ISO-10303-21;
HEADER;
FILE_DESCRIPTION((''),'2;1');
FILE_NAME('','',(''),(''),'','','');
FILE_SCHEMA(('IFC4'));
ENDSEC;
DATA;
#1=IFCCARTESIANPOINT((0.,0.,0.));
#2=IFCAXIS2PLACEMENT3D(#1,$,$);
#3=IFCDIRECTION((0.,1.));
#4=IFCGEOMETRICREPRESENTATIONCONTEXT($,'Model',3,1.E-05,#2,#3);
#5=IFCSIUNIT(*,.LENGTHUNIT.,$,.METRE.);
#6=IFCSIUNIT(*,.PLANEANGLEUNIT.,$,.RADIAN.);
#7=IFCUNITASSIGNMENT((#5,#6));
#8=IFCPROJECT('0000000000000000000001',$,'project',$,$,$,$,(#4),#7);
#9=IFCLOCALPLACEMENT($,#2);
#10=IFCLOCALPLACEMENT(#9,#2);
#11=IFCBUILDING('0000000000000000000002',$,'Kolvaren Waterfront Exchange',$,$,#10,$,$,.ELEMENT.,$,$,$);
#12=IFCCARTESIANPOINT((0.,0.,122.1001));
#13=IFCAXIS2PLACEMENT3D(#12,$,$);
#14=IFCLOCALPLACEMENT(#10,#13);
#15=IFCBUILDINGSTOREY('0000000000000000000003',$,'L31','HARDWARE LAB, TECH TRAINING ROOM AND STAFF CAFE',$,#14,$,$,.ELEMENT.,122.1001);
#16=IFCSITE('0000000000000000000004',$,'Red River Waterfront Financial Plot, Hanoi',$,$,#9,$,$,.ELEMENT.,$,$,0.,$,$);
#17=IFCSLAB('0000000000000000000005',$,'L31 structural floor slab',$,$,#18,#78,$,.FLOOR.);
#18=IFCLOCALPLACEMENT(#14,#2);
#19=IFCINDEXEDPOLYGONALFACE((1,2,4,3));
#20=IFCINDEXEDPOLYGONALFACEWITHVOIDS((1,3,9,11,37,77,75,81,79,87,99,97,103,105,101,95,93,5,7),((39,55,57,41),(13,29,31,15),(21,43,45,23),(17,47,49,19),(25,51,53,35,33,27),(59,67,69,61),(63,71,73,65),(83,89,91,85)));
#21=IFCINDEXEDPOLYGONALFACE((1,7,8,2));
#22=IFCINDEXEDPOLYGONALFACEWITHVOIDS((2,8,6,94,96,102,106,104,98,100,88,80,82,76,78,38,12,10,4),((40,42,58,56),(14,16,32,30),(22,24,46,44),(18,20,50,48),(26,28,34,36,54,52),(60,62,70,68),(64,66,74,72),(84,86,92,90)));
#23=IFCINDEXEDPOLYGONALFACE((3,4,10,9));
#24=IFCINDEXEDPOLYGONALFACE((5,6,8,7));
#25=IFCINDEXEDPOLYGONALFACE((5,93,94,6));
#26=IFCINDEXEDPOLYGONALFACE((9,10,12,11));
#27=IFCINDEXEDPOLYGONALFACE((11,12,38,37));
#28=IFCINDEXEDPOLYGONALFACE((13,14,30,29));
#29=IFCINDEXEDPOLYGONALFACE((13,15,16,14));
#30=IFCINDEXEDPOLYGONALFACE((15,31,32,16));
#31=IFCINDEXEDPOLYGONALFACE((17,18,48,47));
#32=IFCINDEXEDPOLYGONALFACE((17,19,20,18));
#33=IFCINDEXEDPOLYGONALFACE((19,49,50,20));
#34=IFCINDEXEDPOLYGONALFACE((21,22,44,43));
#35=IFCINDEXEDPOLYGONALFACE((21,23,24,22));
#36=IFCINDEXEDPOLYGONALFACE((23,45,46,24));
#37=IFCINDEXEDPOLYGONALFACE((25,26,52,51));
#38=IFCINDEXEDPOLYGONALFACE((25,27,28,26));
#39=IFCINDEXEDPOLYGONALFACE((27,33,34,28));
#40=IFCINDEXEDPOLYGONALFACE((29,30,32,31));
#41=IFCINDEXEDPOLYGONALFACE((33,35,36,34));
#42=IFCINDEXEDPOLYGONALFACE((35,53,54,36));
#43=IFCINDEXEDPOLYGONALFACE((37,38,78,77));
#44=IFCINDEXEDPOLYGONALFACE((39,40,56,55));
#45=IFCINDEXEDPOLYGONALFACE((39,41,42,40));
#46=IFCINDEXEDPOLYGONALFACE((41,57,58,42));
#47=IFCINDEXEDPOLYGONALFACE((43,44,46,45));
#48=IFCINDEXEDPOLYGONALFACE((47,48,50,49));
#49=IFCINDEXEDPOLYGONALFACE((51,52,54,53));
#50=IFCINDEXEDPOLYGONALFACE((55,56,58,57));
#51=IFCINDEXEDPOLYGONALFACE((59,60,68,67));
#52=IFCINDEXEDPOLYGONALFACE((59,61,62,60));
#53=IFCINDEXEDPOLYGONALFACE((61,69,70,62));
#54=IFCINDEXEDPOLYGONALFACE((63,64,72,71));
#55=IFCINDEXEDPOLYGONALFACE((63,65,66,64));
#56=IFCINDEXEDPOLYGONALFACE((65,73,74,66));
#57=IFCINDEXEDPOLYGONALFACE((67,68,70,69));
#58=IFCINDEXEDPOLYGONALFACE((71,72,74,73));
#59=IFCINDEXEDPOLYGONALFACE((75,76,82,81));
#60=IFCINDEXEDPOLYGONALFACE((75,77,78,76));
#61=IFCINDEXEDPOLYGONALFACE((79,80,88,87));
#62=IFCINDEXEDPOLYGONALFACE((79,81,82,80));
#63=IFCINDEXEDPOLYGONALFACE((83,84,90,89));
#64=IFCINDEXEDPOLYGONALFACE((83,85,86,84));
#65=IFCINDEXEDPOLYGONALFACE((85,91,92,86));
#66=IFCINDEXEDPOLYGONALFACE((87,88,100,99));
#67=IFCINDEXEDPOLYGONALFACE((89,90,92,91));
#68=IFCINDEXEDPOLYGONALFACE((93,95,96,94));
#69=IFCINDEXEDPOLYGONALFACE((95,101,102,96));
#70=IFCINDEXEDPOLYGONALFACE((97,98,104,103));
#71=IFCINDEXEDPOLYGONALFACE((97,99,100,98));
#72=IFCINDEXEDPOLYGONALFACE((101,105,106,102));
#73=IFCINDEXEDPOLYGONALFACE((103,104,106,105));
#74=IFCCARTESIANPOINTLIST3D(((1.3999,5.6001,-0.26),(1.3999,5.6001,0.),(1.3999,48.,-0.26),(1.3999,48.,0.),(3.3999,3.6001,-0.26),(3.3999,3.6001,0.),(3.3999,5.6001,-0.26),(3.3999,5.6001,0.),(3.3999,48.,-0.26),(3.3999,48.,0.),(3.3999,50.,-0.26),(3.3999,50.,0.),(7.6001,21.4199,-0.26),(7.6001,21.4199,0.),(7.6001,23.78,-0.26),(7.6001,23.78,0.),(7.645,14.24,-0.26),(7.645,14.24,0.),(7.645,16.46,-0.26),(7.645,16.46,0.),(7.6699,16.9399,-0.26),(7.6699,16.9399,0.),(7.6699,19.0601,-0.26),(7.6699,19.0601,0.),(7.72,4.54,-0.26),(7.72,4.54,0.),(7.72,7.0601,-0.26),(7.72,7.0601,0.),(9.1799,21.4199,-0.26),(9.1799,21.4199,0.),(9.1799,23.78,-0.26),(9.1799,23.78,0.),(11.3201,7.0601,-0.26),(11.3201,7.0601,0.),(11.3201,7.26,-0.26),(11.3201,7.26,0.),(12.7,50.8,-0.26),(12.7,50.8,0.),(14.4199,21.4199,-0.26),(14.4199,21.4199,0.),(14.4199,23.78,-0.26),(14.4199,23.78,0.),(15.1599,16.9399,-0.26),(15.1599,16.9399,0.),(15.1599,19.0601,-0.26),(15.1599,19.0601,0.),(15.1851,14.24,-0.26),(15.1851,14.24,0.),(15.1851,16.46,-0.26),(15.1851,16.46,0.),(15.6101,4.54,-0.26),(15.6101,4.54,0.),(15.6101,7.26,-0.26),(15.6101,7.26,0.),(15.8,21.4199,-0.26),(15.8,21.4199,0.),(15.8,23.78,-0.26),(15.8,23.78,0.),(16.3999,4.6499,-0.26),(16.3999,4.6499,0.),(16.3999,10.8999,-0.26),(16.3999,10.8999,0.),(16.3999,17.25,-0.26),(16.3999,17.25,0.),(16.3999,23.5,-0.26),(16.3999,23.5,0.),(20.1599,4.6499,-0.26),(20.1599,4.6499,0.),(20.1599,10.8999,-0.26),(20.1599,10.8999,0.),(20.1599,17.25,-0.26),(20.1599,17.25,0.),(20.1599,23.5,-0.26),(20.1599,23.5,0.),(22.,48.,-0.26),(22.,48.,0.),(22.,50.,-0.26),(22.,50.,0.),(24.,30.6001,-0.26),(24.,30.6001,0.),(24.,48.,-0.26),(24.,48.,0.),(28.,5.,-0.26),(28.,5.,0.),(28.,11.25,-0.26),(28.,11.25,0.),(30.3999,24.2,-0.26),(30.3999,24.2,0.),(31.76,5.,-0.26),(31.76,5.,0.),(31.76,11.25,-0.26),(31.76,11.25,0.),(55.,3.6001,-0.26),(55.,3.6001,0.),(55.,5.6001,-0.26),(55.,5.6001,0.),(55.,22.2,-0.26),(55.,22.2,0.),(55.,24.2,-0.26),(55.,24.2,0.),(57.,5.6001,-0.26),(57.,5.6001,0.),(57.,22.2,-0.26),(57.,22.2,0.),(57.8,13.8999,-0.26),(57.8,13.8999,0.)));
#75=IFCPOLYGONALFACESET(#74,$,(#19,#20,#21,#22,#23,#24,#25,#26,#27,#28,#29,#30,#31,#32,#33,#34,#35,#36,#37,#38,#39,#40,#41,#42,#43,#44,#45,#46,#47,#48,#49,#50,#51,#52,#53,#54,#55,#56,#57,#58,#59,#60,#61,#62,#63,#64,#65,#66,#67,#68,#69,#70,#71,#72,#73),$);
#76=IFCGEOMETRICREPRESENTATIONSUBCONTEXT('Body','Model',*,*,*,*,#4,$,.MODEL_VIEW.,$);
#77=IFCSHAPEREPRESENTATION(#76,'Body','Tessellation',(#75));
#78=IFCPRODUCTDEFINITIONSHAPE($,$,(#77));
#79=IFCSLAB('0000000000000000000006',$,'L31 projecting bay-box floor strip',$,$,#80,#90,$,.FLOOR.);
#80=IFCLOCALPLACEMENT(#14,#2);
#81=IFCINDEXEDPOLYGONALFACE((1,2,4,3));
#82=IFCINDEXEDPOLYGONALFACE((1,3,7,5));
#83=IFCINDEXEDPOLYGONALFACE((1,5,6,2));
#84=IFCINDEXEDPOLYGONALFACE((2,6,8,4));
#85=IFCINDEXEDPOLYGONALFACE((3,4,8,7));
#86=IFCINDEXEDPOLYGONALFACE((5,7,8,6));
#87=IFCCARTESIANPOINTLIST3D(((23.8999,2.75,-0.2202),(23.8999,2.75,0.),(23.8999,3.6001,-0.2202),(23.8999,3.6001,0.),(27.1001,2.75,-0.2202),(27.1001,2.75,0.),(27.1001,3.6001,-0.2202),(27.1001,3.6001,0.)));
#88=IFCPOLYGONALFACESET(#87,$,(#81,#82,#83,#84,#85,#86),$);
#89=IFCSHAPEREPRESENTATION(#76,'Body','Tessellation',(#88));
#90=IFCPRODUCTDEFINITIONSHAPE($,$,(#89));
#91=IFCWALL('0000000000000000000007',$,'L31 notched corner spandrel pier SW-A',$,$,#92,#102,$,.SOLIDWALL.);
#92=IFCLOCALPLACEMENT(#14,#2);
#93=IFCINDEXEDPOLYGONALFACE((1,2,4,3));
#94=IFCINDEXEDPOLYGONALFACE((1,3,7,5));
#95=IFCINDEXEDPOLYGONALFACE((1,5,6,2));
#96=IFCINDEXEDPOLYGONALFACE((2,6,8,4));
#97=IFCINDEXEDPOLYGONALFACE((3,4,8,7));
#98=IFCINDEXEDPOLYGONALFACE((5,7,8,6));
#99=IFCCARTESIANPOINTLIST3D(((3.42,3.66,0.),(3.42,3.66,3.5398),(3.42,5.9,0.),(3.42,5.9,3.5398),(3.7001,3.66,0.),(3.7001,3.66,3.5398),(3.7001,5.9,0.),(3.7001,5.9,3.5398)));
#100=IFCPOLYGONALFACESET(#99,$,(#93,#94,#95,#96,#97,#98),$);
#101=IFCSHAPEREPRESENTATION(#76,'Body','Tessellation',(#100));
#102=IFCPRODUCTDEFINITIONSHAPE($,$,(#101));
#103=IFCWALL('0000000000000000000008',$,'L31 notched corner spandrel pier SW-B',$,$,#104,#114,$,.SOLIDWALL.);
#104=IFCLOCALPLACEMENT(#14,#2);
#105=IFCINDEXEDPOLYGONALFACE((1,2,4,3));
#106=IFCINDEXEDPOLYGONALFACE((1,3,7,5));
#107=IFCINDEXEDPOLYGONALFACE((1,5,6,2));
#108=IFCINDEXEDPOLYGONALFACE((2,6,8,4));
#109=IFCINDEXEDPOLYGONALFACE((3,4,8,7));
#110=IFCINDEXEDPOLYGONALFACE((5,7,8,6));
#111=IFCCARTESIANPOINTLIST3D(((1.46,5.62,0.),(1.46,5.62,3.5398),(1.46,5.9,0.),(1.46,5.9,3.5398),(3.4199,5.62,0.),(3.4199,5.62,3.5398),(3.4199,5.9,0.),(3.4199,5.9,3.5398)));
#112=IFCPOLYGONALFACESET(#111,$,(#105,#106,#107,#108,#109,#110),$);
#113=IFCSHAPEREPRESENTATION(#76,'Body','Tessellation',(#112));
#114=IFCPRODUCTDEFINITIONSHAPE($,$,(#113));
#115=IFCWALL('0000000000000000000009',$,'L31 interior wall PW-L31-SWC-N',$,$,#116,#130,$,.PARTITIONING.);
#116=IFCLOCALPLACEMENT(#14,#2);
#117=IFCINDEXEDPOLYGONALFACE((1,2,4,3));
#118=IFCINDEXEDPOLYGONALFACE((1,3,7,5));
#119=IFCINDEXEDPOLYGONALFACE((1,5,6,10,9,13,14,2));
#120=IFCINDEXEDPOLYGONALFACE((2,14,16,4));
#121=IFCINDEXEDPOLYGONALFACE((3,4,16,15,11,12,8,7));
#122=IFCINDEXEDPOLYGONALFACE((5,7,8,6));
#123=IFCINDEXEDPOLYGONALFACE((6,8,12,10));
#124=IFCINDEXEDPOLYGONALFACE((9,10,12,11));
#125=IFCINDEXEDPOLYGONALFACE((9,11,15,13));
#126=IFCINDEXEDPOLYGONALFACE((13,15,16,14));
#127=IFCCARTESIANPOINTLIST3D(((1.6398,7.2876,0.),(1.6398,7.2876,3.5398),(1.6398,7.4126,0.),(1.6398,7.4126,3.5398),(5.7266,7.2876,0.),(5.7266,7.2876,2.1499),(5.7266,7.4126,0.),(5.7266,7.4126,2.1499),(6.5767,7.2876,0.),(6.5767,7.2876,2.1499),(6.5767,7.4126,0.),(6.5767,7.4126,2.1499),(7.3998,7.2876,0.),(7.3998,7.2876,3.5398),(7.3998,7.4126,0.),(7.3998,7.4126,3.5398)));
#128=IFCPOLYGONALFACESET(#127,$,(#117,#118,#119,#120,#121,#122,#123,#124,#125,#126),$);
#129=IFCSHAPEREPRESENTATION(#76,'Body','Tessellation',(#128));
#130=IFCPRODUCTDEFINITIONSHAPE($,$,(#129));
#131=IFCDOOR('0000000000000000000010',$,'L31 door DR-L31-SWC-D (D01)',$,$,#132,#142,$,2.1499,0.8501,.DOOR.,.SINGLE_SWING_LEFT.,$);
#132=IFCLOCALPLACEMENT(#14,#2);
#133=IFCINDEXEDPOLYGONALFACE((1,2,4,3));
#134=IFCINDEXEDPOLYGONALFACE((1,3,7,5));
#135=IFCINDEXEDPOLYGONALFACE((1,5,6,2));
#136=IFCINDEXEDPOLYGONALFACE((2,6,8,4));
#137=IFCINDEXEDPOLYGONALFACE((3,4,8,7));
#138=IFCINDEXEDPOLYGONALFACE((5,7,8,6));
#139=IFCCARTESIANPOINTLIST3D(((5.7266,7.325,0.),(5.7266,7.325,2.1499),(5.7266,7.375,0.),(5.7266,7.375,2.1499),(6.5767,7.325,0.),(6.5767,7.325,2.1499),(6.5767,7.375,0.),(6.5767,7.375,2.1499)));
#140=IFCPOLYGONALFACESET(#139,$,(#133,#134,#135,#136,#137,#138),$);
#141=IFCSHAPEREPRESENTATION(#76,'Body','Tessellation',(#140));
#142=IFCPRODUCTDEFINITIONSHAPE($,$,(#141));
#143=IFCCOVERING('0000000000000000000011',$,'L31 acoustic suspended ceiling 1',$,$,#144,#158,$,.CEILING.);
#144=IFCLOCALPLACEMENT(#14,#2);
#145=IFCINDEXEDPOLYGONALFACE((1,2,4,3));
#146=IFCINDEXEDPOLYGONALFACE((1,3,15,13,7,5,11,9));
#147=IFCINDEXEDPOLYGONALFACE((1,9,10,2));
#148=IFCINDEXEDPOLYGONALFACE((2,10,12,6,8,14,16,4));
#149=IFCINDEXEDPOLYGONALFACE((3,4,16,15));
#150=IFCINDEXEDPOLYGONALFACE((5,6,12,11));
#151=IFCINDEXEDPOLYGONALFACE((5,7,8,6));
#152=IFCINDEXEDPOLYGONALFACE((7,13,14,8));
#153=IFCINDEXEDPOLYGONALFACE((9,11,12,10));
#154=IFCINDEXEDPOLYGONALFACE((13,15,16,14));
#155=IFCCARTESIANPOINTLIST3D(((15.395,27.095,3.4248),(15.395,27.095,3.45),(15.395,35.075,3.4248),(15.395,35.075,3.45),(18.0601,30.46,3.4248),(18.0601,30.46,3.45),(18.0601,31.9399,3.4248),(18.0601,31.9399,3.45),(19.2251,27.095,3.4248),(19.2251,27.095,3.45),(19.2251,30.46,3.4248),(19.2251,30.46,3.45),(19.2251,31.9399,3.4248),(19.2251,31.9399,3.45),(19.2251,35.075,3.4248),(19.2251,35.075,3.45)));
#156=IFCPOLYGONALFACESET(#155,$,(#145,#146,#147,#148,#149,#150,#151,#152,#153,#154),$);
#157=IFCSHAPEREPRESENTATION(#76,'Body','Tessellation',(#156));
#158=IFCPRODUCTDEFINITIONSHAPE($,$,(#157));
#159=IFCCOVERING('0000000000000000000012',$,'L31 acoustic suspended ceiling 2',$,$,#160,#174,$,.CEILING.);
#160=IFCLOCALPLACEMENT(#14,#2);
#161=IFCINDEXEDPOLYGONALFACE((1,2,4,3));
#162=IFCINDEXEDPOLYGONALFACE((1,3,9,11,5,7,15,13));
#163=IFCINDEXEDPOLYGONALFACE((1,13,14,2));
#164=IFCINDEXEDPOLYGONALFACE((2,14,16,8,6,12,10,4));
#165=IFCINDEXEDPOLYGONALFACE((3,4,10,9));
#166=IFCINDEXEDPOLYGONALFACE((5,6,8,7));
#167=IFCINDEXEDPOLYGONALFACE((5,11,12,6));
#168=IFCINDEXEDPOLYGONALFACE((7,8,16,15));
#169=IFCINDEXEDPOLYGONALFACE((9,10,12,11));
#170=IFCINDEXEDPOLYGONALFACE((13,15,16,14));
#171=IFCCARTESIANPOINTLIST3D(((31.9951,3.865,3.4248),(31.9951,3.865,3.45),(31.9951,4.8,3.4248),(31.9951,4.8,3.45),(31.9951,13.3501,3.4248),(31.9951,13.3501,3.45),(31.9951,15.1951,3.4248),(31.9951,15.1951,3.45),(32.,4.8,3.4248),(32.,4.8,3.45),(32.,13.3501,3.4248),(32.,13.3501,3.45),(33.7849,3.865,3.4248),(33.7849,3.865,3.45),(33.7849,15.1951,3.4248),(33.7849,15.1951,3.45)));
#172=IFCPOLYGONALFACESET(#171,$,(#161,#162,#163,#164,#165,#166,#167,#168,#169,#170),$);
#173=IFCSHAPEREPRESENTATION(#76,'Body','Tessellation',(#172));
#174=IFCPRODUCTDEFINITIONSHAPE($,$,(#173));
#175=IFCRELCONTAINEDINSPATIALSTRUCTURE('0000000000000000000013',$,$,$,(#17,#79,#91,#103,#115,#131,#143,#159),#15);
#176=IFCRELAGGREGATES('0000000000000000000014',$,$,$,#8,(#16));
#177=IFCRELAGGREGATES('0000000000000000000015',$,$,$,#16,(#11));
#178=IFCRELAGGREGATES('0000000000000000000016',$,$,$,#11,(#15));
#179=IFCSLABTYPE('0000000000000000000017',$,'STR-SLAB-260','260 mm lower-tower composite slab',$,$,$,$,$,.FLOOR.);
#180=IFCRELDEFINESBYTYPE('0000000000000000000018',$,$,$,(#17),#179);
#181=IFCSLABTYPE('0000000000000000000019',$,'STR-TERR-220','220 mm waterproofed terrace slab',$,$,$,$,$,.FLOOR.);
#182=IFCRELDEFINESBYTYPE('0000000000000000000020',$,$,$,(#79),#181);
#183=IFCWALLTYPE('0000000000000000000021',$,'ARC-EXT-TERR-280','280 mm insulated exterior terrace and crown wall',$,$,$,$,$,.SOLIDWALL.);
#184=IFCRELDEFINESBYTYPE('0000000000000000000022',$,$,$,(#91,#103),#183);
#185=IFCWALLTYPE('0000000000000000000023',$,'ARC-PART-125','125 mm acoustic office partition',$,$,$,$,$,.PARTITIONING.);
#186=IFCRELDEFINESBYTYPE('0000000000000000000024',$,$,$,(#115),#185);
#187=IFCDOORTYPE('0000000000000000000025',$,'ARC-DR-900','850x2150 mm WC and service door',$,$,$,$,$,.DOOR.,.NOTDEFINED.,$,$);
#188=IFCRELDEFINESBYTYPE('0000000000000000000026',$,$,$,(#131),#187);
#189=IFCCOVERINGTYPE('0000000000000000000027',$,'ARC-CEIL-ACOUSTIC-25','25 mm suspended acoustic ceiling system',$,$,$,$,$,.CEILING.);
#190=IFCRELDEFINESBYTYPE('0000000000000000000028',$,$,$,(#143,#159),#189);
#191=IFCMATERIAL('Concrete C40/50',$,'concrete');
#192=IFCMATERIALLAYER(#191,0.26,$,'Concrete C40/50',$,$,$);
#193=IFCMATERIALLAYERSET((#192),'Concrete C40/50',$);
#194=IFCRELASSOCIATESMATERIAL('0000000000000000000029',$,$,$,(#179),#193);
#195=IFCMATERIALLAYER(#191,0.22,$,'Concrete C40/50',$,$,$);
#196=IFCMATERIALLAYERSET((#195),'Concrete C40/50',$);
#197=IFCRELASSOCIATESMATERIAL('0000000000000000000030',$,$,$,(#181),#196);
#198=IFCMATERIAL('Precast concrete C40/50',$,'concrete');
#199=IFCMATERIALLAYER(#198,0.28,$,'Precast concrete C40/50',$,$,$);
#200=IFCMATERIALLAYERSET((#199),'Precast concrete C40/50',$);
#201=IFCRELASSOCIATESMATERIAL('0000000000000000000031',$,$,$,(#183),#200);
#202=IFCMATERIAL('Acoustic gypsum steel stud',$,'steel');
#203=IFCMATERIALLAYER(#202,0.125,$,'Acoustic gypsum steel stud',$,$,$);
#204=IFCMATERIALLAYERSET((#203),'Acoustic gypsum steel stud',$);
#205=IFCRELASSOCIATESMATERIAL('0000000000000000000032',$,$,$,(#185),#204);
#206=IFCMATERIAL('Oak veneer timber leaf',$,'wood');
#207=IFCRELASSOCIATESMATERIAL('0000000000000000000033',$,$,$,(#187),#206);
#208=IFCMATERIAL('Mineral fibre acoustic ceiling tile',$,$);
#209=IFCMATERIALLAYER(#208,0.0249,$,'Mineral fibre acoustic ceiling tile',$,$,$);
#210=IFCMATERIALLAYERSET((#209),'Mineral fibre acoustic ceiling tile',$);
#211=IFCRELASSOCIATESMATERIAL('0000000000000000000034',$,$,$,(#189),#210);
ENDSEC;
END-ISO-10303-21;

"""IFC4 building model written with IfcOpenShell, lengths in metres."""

from ifc_helpers import new_model, si_unit, direction, frame, frame_2d, origin, place, context, subcontext, project, spatial, polyline, rectangle, outline, extrude, material, layer, layer_set, type_object, element, fill, save


model = new_model("IFC4")

# Units and contexts
model_context = context("Model", 3, precision=1e-05, world=origin(), true_north=direction((0.0, 1.0)))
body_context = subcontext(model_context, "Body", "Model", "MODEL_VIEW")
ifc_project = project(units=[si_unit("LENGTHUNIT", "METRE"), si_unit("PLANEANGLEUNIT", "RADIAN")], contexts=[model_context])

# Site, building, storey
site_placement = place(None, origin())
site = spatial("IfcSite", under=ifc_project, at=site_placement, Name="Red River Waterfront Financial Plot, Hanoi", CompositionType="ELEMENT", RefElevation=0.0)
building_placement = place(site_placement, origin())
building = spatial("IfcBuilding", under=site, at=building_placement, Name="Kolvaren Waterfront Exchange", CompositionType="ELEMENT")
storey_placement = place(building_placement, frame((0.0, 0.0, 122.1001)))
storey = spatial("IfcBuildingStorey", under=building, at=storey_placement, Name="L31", Description="HARDWARE LAB, TECH TRAINING ROOM AND STAFF CAFE", CompositionType="ELEMENT", Elevation=122.1001)

# Shared definitions
ifc_material_1 = material(Name="Concrete C40/50", Category="concrete")

# Slabs
ifc_layer_1 = layer(ifc_material_1, 0.26, Name="Concrete C40/50")
ifc_layer_set_1 = layer_set([ifc_layer_1], Name="Concrete C40/50")
slab_type_1 = type_object("IfcSlabType", Name="STR-SLAB-260", Description="260 mm lower-tower composite slab", PredefinedType="FLOOR", material=ifc_layer_set_1)
slab_1_placement = place(storey_placement, frame((0.0, 0.0, -0.26)))
element("IfcSlab", 1, at=slab_1_placement, inside=storey, type_object=slab_type_1, Name="L31 structural floor slab", PredefinedType="FLOOR", context=body_context, shape_type="SweptSolid", body=[
    extrude(outline(polyline([(3.3999, 3.6001), (55.0, 3.6001), (55.0, 5.6001), (57.0, 5.6001), (57.8, 13.8999), (57.0, 22.2), (55.0, 22.2), (55.0, 24.2), (30.3999, 24.2), (24.0, 30.6001), (24.0, 48.0), (22.0, 48.0), (22.0, 50.0), (12.7, 50.8), (3.3999, 50.0), (3.3999, 48.0), (1.3999, 48.0), (1.3999, 5.6001), (3.3999, 5.6001), (3.3999, 3.6001)]), holes=[polyline([(11.3201, 7.26), (15.6101, 7.26), (15.6101, 4.54), (7.72, 4.54), (7.72, 7.0601), (11.3201, 7.0601), (11.3201, 7.26)]), polyline([(20.1599, 10.8999), (20.1599, 4.6499), (16.3999, 4.6499), (16.3999, 10.8999), (20.1599, 10.8999)]), polyline([(31.76, 11.25), (31.76, 5.0), (28.0, 5.0), (28.0, 11.25), (31.76, 11.25)]), polyline([(15.1851, 14.24), (7.645, 14.24), (7.645, 16.46), (15.1851, 16.46), (15.1851, 14.24)]), polyline([(15.1599, 16.9399), (7.6699, 16.9399), (7.6699, 19.0601), (15.1599, 19.0601), (15.1599, 16.9399)]), polyline([(16.3999, 23.5), (20.1599, 23.5), (20.1599, 17.25), (16.3999, 17.25), (16.3999, 23.5)]), polyline([(7.6001, 23.78), (9.1799, 23.78), (9.1799, 21.4199), (7.6001, 21.4199), (7.6001, 23.78)]), polyline([(15.8, 23.78), (15.8, 21.4199), (14.4199, 21.4199), (14.4199, 23.78), (15.8, 23.78)])]), origin(), (0.0, 0.0, 1.0), 0.26),
])
ifc_layer_2 = layer(ifc_material_1, 0.22, Name="Concrete C40/50")
ifc_layer_set_2 = layer_set([ifc_layer_2], Name="Concrete C40/50")
slab_type_2 = type_object("IfcSlabType", Name="STR-TERR-220", Description="220 mm waterproofed terrace slab", PredefinedType="FLOOR", material=ifc_layer_set_2)
slab_2_placement = place(storey_placement, frame((0.0, 0.0, -0.2202)))
element("IfcSlab", 2, at=slab_2_placement, inside=storey, type_object=slab_type_2, Name="L31 projecting bay-box floor strip", PredefinedType="FLOOR", context=body_context, shape_type="SweptSolid", body=[
    extrude(outline(polyline([(23.8999, 2.75), (27.1001, 2.75), (27.1001, 3.6001), (23.8999, 3.6001), (23.8999, 2.75)])), origin(), (0.0, 0.0, 1.0), 0.2202),
])

# Walls
ifc_material_2 = material(Name="Precast concrete C40/50", Category="concrete")
ifc_layer_3 = layer(ifc_material_2, 0.28, Name="Precast concrete C40/50")
ifc_layer_set_3 = layer_set([ifc_layer_3], Name="Precast concrete C40/50")
wall_type_1 = type_object("IfcWallType", Name="ARC-EXT-TERR-280", Description="280 mm insulated exterior terrace and crown wall", PredefinedType="SOLIDWALL", material=ifc_layer_set_3)
wall_1_placement = place(storey_placement, frame((3.5601, 3.6599, 0.0), z_axis=(0.0, 0.0, 1.0), x_axis=(0.0, 1.0, 0.0)))
element("IfcWall", 3, at=wall_1_placement, inside=storey, type_object=wall_type_1, Name="L31 notched corner spandrel pier SW-A", PredefinedType="SOLIDWALL", context=body_context, shape_type="SweptSolid", body=[
    extrude(rectangle(XDim=2.24, YDim=0.28, at=frame_2d((1.1201, 0.0))), origin(), (0.0, 0.0, 1.0), 3.5398),
])
wall_2_placement = place(storey_placement, frame((1.46, 5.76, 0.0), z_axis=(0.0, 0.0, 1.0), x_axis=(1.0, 0.0, 0.0)))
element("IfcWall", 4, at=wall_2_placement, inside=storey, type_object=wall_type_1, Name="L31 notched corner spandrel pier SW-B", PredefinedType="SOLIDWALL", context=body_context, shape_type="SweptSolid", body=[
    extrude(rectangle(XDim=1.96, YDim=0.28, at=frame_2d((0.98, 0.0))), origin(), (0.0, 0.0, 1.0), 3.5398),
])

# Wall, opening, door
ifc_material_3 = material(Name="Acoustic gypsum steel stud", Category="steel")
ifc_layer_4 = layer(ifc_material_3, 0.125, Name="Acoustic gypsum steel stud")
ifc_layer_set_4 = layer_set([ifc_layer_4], Name="Acoustic gypsum steel stud")
wall_type_2 = type_object("IfcWallType", Name="ARC-PART-125", Description="125 mm acoustic office partition", PredefinedType="PARTITIONING", material=ifc_layer_set_4)
wall_3_placement = place(storey_placement, frame((1.6399, 7.3501, 0.0), z_axis=(0.0, 0.0, 1.0), x_axis=(1.0, 0.0, 0.0)))
wall_3 = element("IfcWall", 5, at=wall_3_placement, inside=storey, type_object=wall_type_2, Name="L31 interior wall PW-L31-SWC-N", PredefinedType="PARTITIONING", context=body_context, shape_type="SweptSolid", body=[
    extrude(rectangle(XDim=5.76, YDim=0.125, at=frame_2d((2.8799, 0.0))), origin(), (0.0, 0.0, 1.0), 3.5398),
])
opening_placement = place(wall_3_placement, frame((4.0867, 0.0, 0.0)))
opening = element("IfcOpeningElement", 6, at=opening_placement, cuts=wall_3, PredefinedType="OPENING", context=body_context, shape_type="SweptSolid", body=[
    extrude(rectangle(XDim=0.8501, YDim=2.1499, at=frame_2d((0.425, 1.075))), frame((0.0, 0.0725, 0.0), z_axis=(0.0, -1.0, 0.0), x_axis=(1.0, 0.0, 0.0)), (0.0, 0.0, 1.0), 0.145),
])
ifc_material_4 = material(Name="Oak veneer timber leaf", Category="wood")
door_type = type_object("IfcDoorType", Name="ARC-DR-900", Description="850x2150 mm WC and service door", OperationType="NOTDEFINED", PredefinedType="DOOR", material=ifc_material_4)
door_placement = place(opening_placement, origin())
door = element("IfcDoor", 7, at=door_placement, inside=storey, type_object=door_type, Name="L31 door DR-L31-SWC-D (D01)", OperationType="SINGLE_SWING_LEFT", OverallHeight=2.1499, OverallWidth=0.8501, PredefinedType="DOOR", context=body_context, shape_type="SweptSolid", body=[
    extrude(rectangle(XDim=0.8501, YDim=2.1499, at=frame_2d((0.425, 1.075))), frame((0.0, 0.0249, 0.0), z_axis=(0.0, -1.0, 0.0), x_axis=(1.0, 0.0, 0.0)), (0.0, 0.0, 1.0), 0.05),
])
fill(opening, door)

# Coverings
ifc_material_5 = material(Name="Mineral fibre acoustic ceiling tile")
ifc_layer_5 = layer(ifc_material_5, 0.0249, Name="Mineral fibre acoustic ceiling tile")
ifc_layer_set_5 = layer_set([ifc_layer_5], Name="Mineral fibre acoustic ceiling tile")
covering_type_1 = type_object("IfcCoveringType", Name="ARC-CEIL-ACOUSTIC-25", Description="25 mm suspended acoustic ceiling system", PredefinedType="CEILING", material=ifc_layer_set_5)
covering_1_placement = place(storey_placement, frame((0.0, 0.0, 3.4248)))
element("IfcCovering", 8, at=covering_1_placement, inside=storey, type_object=covering_type_1, Name="L31 acoustic suspended ceiling 1", PredefinedType="CEILING", context=body_context, shape_type="SweptSolid", body=[
    extrude(outline(polyline([(19.2251, 30.46), (18.0601, 30.46), (18.0601, 31.9399), (19.2251, 31.9399), (19.2251, 35.075), (15.395, 35.075), (15.395, 27.095), (19.2251, 27.095), (19.2251, 30.46)])), origin(), (0.0, 0.0, 1.0), 0.0251),
])
covering_2_placement = place(storey_placement, frame((0.0, 0.0, 3.4248)))
element("IfcCovering", 9, at=covering_2_placement, inside=storey, type_object=covering_type_1, Name="L31 acoustic suspended ceiling 2", PredefinedType="CEILING", context=body_context, shape_type="SweptSolid", body=[
    extrude(outline(polyline([(33.7849, 3.865), (33.7849, 15.1951), (31.9951, 15.1951), (31.9951, 13.3501), (32.0, 13.3501), (32.0, 4.8), (31.9951, 4.8), (31.9951, 3.865), (33.7849, 3.865)])), origin(), (0.0, 0.0, 1.0), 0.0251),
])

save(model, "model.ifc")
